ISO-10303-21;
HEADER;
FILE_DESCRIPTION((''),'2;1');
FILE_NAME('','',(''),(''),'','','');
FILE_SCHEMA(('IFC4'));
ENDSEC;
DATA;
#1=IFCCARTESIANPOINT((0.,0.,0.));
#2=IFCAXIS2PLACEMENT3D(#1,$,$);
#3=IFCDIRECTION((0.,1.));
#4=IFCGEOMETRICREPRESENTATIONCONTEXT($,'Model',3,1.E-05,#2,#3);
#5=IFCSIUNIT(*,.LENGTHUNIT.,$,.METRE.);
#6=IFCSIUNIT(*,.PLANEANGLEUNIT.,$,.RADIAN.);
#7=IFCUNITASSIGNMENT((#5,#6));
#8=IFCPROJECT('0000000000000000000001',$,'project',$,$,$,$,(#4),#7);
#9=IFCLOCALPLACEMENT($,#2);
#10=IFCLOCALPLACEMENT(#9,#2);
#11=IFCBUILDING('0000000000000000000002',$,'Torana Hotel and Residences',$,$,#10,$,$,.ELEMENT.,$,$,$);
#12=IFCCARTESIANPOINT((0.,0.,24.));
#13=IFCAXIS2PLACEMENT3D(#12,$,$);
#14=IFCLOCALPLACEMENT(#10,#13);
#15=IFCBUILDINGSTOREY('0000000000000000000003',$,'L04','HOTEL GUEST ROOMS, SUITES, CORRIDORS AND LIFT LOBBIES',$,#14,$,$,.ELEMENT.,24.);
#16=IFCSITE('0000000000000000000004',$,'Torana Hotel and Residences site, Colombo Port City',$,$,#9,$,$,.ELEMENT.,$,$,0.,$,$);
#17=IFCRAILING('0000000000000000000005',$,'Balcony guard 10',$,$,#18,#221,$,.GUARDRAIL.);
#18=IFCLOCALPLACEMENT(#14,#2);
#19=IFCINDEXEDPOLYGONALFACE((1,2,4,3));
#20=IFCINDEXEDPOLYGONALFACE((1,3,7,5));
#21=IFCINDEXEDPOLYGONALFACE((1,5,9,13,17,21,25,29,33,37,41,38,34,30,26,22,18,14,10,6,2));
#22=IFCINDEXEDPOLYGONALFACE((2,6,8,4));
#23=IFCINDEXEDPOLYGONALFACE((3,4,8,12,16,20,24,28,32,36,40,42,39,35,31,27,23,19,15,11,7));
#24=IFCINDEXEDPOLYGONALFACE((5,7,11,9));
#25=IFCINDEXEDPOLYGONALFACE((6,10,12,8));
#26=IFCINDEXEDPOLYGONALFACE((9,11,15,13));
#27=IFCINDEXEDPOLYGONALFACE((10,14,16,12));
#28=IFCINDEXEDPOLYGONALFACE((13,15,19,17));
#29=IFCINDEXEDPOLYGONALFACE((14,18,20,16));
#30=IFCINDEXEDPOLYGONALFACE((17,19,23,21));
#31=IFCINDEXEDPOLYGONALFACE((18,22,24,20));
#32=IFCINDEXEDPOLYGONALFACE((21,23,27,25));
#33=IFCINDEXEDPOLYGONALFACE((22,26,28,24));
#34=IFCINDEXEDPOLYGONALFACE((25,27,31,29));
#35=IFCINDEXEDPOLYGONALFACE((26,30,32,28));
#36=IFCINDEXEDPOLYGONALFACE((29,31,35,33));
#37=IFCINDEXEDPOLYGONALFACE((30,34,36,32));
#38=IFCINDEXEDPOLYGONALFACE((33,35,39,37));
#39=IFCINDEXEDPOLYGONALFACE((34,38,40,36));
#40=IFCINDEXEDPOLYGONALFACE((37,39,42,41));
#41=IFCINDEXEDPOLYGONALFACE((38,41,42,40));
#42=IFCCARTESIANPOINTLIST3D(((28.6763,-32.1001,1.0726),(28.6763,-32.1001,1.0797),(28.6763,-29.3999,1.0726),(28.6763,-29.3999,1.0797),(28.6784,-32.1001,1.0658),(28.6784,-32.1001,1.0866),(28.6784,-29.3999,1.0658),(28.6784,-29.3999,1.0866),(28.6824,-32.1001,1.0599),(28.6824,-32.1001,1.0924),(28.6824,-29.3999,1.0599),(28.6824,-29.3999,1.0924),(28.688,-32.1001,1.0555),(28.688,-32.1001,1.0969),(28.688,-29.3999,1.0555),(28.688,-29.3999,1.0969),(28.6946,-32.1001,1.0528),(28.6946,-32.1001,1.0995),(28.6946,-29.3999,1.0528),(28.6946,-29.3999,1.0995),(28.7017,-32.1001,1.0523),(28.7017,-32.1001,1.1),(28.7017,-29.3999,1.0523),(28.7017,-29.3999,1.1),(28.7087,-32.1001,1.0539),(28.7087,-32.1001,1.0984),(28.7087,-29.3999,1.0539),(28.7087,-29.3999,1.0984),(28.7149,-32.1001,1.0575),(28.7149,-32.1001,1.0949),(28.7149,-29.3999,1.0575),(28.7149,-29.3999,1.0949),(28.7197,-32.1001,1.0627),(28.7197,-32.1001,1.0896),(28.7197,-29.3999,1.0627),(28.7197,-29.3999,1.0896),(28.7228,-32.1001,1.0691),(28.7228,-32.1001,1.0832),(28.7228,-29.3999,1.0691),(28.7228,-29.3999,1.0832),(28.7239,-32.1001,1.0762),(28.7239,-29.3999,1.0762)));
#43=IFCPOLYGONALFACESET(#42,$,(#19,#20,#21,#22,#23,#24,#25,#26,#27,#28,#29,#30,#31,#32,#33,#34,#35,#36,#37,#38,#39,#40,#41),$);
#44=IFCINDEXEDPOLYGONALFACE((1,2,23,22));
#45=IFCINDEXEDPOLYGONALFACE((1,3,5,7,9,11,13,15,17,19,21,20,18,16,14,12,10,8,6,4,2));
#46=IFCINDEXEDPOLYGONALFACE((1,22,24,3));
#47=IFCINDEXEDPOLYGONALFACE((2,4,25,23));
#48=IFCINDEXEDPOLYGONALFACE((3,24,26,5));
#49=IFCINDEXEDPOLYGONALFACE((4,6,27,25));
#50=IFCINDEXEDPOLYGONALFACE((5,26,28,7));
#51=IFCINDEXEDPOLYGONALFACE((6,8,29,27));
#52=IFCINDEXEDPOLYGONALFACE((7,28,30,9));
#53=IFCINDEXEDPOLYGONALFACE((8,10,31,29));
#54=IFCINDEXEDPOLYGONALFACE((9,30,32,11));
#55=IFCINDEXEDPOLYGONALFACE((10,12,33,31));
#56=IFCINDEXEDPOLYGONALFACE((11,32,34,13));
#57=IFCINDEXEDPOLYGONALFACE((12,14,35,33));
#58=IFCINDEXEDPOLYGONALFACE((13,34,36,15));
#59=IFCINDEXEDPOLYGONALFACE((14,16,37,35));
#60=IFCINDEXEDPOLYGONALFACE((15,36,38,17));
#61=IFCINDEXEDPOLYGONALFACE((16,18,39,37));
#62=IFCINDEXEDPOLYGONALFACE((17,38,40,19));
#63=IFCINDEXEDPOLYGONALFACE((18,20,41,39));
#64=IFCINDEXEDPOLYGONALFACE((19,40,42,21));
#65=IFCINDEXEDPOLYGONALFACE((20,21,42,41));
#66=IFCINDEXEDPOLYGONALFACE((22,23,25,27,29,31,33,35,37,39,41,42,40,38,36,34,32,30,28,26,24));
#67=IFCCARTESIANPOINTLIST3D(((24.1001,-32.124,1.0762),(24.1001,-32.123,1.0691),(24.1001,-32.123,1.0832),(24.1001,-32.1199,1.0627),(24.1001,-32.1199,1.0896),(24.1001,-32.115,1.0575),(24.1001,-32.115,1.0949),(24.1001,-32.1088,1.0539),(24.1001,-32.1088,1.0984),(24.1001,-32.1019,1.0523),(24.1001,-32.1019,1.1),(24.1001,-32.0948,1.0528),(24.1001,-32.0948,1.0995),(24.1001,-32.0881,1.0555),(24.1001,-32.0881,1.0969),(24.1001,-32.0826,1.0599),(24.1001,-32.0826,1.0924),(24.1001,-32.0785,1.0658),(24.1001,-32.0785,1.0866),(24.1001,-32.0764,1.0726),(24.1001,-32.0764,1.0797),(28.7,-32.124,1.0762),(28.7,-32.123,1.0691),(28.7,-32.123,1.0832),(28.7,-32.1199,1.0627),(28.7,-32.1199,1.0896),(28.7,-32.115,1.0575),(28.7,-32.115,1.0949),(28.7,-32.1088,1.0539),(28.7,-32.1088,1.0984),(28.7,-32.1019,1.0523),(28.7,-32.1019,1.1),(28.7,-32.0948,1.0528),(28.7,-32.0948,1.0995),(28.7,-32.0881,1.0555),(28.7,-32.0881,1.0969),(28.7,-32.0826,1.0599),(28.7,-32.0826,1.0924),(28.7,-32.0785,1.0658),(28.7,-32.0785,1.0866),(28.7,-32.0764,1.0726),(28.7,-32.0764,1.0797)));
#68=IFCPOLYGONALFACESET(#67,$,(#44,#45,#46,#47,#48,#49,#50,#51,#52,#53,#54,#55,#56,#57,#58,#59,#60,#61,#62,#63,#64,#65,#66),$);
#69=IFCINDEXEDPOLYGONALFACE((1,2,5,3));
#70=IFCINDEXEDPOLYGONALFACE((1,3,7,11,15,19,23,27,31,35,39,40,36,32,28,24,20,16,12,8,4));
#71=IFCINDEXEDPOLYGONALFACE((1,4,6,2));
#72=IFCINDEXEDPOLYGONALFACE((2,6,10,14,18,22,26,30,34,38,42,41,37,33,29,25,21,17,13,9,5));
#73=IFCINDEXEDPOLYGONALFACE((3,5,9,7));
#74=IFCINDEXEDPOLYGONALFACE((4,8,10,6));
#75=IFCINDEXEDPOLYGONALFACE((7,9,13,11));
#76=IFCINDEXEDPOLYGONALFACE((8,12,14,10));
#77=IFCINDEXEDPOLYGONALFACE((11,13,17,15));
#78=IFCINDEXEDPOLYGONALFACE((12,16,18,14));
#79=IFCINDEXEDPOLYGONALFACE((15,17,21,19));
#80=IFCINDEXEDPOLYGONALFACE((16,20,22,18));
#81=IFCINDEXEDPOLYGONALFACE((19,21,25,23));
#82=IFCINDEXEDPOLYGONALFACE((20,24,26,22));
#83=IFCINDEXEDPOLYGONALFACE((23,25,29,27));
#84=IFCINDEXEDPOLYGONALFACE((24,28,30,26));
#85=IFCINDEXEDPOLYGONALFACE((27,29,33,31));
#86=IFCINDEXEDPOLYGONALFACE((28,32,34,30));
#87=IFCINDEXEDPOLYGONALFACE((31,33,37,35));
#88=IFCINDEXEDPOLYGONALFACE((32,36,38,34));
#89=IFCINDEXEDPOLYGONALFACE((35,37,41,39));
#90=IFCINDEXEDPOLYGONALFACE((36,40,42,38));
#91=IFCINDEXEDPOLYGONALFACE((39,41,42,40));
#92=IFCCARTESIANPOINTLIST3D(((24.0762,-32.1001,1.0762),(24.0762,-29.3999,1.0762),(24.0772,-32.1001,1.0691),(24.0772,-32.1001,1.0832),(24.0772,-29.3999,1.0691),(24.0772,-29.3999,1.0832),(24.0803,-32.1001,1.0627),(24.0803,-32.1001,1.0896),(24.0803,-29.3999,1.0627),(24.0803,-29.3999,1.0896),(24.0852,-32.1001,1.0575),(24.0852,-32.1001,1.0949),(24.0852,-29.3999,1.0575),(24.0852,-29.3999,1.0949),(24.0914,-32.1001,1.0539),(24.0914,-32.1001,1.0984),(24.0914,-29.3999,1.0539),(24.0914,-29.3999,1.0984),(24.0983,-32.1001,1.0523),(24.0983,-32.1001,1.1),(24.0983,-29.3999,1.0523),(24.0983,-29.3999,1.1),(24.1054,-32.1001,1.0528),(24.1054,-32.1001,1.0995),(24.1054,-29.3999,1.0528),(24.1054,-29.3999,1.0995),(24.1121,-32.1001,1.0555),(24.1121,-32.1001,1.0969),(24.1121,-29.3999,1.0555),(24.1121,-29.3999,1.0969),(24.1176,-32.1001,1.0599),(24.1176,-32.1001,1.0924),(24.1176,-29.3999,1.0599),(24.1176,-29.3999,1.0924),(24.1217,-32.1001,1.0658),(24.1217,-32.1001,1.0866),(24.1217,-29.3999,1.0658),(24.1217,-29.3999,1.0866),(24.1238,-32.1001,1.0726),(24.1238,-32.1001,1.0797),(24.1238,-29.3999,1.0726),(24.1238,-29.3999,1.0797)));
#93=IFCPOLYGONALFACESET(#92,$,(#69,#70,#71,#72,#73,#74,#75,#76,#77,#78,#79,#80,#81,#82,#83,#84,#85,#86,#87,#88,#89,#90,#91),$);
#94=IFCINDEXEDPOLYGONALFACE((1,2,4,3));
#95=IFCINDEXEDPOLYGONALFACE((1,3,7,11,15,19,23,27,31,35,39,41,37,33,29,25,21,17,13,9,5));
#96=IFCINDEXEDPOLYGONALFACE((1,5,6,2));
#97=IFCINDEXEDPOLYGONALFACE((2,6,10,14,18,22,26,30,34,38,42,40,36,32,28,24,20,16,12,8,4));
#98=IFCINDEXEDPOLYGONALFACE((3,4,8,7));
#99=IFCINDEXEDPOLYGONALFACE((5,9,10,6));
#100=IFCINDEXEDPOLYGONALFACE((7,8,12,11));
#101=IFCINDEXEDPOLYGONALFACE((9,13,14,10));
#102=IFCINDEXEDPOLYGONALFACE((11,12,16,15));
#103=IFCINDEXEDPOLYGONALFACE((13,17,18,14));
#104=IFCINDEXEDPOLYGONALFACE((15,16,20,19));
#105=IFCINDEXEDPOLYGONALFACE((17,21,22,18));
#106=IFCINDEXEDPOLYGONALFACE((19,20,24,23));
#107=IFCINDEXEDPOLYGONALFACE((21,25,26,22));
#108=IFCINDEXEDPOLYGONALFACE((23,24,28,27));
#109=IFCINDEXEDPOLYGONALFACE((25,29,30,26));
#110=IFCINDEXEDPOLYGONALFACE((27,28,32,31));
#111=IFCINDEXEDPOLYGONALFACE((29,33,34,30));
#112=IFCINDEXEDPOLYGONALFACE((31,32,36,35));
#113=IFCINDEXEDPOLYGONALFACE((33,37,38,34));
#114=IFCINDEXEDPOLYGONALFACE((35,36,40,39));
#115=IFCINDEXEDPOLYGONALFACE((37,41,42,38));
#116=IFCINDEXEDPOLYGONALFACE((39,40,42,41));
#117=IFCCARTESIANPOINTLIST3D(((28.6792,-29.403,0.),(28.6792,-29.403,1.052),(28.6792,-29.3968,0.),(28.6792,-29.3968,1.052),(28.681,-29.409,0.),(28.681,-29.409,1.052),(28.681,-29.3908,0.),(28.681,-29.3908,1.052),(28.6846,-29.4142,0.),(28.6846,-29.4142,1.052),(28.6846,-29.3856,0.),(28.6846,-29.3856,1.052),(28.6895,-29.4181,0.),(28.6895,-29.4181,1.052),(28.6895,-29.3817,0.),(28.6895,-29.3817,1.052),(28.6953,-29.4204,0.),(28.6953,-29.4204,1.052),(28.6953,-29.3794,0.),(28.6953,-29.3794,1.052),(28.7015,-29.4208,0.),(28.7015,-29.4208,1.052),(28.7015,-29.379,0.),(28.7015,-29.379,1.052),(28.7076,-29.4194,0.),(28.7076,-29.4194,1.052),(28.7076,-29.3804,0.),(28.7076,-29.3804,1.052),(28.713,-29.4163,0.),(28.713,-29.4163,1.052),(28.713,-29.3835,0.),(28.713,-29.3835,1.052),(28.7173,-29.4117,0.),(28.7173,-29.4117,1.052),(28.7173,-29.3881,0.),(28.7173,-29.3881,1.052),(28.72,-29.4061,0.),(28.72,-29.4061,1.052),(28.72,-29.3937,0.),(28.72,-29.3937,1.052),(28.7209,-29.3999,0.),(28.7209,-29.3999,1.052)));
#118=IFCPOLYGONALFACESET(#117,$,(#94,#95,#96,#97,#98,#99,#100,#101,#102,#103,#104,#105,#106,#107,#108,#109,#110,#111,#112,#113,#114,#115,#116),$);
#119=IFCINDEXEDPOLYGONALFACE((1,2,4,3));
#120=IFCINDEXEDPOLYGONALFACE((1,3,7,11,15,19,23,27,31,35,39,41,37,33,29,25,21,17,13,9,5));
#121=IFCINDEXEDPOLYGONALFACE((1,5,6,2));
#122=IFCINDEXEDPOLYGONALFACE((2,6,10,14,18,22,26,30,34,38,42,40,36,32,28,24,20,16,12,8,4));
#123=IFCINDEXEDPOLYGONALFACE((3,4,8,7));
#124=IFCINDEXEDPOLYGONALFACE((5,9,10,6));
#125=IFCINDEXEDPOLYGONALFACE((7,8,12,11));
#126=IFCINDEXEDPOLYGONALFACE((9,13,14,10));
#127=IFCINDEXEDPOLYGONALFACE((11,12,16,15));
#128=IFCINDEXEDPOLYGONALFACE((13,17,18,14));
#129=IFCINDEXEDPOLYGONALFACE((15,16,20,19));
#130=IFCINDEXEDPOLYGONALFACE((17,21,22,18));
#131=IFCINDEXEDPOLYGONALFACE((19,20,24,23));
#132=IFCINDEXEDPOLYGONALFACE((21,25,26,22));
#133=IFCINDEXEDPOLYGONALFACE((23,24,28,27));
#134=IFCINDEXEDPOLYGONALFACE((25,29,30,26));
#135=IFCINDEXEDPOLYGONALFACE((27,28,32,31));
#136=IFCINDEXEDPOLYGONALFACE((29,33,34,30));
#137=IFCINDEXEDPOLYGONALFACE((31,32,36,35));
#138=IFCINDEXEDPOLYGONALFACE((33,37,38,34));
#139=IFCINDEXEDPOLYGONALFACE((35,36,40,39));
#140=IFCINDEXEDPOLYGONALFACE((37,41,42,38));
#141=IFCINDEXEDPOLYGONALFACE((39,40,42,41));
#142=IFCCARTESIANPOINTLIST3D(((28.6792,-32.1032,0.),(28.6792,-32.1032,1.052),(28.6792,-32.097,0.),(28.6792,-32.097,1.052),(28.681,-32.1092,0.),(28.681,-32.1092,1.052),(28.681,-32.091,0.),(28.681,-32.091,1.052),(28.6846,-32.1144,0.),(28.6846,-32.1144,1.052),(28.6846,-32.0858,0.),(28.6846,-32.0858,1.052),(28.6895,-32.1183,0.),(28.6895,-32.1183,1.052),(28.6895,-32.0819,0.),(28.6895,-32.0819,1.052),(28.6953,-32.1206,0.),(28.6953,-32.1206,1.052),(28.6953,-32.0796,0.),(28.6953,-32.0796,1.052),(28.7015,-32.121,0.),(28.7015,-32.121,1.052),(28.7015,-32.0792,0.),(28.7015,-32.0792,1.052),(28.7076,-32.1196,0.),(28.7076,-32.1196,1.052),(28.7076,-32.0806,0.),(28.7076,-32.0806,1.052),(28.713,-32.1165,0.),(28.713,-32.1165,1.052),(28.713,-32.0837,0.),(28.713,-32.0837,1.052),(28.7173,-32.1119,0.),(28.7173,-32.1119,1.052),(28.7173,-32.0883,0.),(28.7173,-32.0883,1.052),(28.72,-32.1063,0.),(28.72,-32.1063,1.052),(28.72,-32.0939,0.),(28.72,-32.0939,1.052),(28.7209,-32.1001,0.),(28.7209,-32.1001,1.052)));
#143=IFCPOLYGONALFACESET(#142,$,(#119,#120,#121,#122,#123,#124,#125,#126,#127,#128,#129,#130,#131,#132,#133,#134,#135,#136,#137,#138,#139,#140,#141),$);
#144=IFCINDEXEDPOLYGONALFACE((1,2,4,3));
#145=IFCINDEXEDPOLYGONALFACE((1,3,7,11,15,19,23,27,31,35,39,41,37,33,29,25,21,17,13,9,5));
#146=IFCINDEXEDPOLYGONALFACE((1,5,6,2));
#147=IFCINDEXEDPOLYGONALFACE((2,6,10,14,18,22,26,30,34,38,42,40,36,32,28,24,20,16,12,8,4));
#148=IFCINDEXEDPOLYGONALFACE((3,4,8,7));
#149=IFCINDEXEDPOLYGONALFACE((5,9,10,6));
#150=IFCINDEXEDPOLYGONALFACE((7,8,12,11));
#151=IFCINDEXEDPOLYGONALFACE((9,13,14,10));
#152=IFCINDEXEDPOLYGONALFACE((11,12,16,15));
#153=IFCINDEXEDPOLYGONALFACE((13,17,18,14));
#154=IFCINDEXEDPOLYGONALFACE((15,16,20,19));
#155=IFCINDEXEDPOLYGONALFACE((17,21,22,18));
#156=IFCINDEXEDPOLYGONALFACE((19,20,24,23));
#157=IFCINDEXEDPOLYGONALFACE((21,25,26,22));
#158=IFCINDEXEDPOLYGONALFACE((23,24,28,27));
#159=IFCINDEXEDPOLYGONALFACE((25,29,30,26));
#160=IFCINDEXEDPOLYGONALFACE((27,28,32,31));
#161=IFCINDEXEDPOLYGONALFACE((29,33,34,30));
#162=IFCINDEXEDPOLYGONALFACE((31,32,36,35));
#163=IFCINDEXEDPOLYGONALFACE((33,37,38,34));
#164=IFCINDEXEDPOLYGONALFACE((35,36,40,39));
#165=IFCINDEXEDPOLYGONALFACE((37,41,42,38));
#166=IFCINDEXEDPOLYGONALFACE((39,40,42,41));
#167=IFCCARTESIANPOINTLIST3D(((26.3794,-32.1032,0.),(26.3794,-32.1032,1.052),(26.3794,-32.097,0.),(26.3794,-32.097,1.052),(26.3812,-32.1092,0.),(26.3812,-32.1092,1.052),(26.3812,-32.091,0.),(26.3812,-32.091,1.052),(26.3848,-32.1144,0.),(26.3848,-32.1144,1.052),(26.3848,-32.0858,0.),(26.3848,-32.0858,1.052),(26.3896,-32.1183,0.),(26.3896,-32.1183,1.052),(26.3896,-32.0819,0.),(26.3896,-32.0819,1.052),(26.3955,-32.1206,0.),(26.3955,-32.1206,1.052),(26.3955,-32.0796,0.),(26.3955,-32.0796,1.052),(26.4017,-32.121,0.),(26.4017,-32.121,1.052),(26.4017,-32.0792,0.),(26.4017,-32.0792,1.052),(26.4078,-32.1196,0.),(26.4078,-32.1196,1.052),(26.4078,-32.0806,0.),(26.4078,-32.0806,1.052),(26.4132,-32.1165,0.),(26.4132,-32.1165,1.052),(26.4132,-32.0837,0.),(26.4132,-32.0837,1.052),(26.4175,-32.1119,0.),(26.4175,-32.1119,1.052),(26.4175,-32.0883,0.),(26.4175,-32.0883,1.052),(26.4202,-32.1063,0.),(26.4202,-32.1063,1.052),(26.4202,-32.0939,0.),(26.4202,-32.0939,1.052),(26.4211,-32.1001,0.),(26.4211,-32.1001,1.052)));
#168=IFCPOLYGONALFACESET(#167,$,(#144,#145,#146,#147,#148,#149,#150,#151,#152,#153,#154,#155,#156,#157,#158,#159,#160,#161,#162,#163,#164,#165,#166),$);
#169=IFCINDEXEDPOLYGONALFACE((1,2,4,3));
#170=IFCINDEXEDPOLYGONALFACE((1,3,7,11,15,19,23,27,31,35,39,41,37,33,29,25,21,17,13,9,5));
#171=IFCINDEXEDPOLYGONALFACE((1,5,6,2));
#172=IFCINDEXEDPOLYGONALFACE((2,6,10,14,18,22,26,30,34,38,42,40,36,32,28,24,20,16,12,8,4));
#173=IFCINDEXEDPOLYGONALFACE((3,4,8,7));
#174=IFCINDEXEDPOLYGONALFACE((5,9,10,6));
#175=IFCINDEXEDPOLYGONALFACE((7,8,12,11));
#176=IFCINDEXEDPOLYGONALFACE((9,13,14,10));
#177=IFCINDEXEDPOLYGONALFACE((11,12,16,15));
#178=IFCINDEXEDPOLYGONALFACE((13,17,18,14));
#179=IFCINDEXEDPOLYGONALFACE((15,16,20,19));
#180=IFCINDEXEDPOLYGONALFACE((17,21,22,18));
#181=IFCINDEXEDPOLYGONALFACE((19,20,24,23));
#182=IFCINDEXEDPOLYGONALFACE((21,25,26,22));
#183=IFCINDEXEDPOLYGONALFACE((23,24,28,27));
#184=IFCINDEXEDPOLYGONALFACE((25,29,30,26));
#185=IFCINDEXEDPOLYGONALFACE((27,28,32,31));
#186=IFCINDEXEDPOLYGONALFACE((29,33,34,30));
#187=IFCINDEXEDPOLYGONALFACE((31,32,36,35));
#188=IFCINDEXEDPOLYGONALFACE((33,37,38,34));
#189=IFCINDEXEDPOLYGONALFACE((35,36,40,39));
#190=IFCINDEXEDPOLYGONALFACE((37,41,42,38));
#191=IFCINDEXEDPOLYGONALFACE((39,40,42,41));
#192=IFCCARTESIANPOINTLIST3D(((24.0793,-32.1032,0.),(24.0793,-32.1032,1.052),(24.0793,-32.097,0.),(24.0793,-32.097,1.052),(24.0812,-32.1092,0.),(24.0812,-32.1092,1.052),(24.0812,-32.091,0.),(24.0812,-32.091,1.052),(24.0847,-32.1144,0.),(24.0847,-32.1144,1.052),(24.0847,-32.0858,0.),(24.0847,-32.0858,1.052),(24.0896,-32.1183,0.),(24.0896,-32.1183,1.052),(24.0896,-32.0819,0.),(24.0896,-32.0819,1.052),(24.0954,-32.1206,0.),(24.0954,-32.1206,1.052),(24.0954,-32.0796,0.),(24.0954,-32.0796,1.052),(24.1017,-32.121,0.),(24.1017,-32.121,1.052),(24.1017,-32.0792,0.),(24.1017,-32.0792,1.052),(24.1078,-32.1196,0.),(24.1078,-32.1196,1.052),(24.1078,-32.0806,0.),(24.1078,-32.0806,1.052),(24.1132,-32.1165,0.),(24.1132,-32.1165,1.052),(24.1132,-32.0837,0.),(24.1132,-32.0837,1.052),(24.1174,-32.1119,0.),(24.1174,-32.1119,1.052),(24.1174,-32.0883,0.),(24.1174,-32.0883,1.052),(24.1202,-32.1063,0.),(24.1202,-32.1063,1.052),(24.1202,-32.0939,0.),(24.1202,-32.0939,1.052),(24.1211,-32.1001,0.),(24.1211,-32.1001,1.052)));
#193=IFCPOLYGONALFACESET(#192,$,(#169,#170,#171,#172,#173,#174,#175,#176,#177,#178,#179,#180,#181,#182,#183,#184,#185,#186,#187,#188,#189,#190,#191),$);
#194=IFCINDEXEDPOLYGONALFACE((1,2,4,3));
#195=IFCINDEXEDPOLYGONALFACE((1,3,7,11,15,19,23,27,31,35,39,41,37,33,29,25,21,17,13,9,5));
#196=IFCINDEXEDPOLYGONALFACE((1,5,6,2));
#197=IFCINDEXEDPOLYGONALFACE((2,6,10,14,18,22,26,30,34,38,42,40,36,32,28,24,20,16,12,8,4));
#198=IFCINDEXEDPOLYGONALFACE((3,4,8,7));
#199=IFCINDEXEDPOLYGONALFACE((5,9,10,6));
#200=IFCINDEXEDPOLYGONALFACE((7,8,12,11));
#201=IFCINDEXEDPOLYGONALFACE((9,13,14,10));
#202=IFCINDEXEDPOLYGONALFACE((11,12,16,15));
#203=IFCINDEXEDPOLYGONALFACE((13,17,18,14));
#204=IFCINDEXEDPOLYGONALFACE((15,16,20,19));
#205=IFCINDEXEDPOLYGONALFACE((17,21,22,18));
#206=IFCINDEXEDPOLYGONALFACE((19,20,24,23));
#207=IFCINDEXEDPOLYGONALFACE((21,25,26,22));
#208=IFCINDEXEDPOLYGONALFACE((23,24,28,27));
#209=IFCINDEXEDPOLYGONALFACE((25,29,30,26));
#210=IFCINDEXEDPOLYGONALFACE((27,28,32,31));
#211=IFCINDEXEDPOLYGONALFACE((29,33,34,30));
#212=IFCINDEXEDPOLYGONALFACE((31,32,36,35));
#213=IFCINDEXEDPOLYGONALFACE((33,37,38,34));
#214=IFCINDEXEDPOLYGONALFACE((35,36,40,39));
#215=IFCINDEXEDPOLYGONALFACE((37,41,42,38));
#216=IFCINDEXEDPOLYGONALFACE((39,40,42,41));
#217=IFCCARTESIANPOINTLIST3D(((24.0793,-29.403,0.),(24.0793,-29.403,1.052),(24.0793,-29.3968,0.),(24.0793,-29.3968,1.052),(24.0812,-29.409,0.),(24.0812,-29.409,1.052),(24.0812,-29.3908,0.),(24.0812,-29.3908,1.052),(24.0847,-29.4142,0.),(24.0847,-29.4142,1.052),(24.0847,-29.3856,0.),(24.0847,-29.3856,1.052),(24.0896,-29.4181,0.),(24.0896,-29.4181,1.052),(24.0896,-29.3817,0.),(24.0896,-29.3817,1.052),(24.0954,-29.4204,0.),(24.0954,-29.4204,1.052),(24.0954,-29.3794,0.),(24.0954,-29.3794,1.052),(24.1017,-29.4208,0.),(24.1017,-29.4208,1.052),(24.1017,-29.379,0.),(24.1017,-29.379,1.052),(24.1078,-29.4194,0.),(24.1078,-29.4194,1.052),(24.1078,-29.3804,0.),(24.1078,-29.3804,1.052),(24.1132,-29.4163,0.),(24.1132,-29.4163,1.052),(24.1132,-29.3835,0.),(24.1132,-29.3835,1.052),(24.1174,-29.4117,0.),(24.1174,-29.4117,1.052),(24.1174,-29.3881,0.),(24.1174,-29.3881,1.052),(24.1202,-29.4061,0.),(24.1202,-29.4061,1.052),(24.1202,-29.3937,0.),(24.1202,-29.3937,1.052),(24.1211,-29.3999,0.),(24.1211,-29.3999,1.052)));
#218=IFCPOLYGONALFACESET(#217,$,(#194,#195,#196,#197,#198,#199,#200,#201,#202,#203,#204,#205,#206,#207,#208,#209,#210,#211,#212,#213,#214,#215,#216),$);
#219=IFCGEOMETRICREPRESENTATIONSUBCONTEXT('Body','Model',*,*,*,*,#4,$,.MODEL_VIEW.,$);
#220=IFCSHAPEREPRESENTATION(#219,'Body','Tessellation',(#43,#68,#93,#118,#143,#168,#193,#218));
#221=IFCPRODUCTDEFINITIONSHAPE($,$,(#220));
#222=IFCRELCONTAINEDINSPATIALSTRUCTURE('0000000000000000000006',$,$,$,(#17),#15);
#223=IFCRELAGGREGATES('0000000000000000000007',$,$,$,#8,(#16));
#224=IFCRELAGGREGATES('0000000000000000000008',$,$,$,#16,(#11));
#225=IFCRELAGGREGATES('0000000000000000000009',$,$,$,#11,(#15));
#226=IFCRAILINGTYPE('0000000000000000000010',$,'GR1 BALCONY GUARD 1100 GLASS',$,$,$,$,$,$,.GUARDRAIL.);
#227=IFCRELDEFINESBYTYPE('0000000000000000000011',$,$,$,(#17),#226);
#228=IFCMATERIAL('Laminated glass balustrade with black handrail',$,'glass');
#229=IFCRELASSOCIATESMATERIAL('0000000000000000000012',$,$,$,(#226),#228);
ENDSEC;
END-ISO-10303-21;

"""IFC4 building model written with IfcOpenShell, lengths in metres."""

from ifc_helpers import new_model, si_unit, direction, frame, origin, origin_2d, place, context, subcontext, project, spatial, circle, extrude, material, type_object, element, save


model = new_model("IFC4")

# Units and contexts
model_context = context("Model", 3, precision=1e-05, world=origin(), true_north=direction((0.0, 1.0)))
body_context = subcontext(model_context, "Body", "Model", "MODEL_VIEW")
ifc_project = project(units=[si_unit("LENGTHUNIT", "METRE"), si_unit("PLANEANGLEUNIT", "RADIAN")], contexts=[model_context])

# Site, building, storey
site_placement = place(None, origin())
site = spatial("IfcSite", under=ifc_project, at=site_placement, Name="Torana Hotel and Residences site, Colombo Port City", CompositionType="ELEMENT", RefElevation=0.0)
building_placement = place(site_placement, origin())
building = spatial("IfcBuilding", under=site, at=building_placement, Name="Torana Hotel and Residences", CompositionType="ELEMENT")
storey_placement = place(building_placement, frame((0.0, 0.0, 24.0)))
storey = spatial("IfcBuildingStorey", under=building, at=storey_placement, Name="L04", Description="HOTEL GUEST ROOMS, SUITES, CORRIDORS AND LIFT LOBBIES", CompositionType="ELEMENT", Elevation=24.0)

# Railing
ifc_material_1 = material(Name="Laminated glass balustrade with black handrail", Category="glass")
railing_type = type_object("IfcRailingType", Name="GR1 BALCONY GUARD 1100 GLASS", PredefinedType="GUARDRAIL", material=ifc_material_1)
railing_1_placement = place(storey_placement, frame((28.7, -29.3999, 0.0)))
element("IfcRailing", 1, at=railing_1_placement, inside=storey, type_object=railing_type, Name="Balcony guard 10", PredefinedType="GUARDRAIL", context=body_context, shape_type="SweptSolid", body=[
    extrude(circle(Radius=0.0239, at=origin_2d()), frame((0.0, 0.0, 1.0762), z_axis=(0.0, -1.0, 0.0), x_axis=(1.0, 0.0, 0.0)), (0.0, 0.0, 1.0), 2.7002),
    extrude(circle(Radius=0.0239, at=origin_2d()), frame((0.0, -2.7002, 1.0762), z_axis=(-1.0, 0.0, 0.0), x_axis=(0.0, -1.0, 0.0)), (0.0, 0.0, 1.0), 4.5999),
    extrude(circle(Radius=0.0239, at=origin_2d()), frame((-4.5999, -2.7002, 1.0762), z_axis=(0.0, 1.0, 0.0), x_axis=(-1.0, 0.0, 0.0)), (0.0, 0.0, 1.0), 2.7002),
    extrude(circle(Radius=0.021, at=origin_2d()), origin(), (0.0, 0.0, 1.0), 1.052),
    extrude(circle(Radius=0.021, at=origin_2d()), frame((0.0, -2.7002, 0.0)), (0.0, 0.0, 1.0), 1.052),
    extrude(circle(Radius=0.021, at=origin_2d()), frame((-2.2998, -2.7002, 0.0)), (0.0, 0.0, 1.0), 1.052),
    extrude(circle(Radius=0.021, at=origin_2d()), frame((-4.5999, -2.7002, 0.0)), (0.0, 0.0, 1.0), 1.052),
    extrude(circle(Radius=0.021, at=origin_2d()), frame((-4.5999, 0.0, 0.0)), (0.0, 0.0, 1.0), 1.052),
])

save(model, "model.ifc")
